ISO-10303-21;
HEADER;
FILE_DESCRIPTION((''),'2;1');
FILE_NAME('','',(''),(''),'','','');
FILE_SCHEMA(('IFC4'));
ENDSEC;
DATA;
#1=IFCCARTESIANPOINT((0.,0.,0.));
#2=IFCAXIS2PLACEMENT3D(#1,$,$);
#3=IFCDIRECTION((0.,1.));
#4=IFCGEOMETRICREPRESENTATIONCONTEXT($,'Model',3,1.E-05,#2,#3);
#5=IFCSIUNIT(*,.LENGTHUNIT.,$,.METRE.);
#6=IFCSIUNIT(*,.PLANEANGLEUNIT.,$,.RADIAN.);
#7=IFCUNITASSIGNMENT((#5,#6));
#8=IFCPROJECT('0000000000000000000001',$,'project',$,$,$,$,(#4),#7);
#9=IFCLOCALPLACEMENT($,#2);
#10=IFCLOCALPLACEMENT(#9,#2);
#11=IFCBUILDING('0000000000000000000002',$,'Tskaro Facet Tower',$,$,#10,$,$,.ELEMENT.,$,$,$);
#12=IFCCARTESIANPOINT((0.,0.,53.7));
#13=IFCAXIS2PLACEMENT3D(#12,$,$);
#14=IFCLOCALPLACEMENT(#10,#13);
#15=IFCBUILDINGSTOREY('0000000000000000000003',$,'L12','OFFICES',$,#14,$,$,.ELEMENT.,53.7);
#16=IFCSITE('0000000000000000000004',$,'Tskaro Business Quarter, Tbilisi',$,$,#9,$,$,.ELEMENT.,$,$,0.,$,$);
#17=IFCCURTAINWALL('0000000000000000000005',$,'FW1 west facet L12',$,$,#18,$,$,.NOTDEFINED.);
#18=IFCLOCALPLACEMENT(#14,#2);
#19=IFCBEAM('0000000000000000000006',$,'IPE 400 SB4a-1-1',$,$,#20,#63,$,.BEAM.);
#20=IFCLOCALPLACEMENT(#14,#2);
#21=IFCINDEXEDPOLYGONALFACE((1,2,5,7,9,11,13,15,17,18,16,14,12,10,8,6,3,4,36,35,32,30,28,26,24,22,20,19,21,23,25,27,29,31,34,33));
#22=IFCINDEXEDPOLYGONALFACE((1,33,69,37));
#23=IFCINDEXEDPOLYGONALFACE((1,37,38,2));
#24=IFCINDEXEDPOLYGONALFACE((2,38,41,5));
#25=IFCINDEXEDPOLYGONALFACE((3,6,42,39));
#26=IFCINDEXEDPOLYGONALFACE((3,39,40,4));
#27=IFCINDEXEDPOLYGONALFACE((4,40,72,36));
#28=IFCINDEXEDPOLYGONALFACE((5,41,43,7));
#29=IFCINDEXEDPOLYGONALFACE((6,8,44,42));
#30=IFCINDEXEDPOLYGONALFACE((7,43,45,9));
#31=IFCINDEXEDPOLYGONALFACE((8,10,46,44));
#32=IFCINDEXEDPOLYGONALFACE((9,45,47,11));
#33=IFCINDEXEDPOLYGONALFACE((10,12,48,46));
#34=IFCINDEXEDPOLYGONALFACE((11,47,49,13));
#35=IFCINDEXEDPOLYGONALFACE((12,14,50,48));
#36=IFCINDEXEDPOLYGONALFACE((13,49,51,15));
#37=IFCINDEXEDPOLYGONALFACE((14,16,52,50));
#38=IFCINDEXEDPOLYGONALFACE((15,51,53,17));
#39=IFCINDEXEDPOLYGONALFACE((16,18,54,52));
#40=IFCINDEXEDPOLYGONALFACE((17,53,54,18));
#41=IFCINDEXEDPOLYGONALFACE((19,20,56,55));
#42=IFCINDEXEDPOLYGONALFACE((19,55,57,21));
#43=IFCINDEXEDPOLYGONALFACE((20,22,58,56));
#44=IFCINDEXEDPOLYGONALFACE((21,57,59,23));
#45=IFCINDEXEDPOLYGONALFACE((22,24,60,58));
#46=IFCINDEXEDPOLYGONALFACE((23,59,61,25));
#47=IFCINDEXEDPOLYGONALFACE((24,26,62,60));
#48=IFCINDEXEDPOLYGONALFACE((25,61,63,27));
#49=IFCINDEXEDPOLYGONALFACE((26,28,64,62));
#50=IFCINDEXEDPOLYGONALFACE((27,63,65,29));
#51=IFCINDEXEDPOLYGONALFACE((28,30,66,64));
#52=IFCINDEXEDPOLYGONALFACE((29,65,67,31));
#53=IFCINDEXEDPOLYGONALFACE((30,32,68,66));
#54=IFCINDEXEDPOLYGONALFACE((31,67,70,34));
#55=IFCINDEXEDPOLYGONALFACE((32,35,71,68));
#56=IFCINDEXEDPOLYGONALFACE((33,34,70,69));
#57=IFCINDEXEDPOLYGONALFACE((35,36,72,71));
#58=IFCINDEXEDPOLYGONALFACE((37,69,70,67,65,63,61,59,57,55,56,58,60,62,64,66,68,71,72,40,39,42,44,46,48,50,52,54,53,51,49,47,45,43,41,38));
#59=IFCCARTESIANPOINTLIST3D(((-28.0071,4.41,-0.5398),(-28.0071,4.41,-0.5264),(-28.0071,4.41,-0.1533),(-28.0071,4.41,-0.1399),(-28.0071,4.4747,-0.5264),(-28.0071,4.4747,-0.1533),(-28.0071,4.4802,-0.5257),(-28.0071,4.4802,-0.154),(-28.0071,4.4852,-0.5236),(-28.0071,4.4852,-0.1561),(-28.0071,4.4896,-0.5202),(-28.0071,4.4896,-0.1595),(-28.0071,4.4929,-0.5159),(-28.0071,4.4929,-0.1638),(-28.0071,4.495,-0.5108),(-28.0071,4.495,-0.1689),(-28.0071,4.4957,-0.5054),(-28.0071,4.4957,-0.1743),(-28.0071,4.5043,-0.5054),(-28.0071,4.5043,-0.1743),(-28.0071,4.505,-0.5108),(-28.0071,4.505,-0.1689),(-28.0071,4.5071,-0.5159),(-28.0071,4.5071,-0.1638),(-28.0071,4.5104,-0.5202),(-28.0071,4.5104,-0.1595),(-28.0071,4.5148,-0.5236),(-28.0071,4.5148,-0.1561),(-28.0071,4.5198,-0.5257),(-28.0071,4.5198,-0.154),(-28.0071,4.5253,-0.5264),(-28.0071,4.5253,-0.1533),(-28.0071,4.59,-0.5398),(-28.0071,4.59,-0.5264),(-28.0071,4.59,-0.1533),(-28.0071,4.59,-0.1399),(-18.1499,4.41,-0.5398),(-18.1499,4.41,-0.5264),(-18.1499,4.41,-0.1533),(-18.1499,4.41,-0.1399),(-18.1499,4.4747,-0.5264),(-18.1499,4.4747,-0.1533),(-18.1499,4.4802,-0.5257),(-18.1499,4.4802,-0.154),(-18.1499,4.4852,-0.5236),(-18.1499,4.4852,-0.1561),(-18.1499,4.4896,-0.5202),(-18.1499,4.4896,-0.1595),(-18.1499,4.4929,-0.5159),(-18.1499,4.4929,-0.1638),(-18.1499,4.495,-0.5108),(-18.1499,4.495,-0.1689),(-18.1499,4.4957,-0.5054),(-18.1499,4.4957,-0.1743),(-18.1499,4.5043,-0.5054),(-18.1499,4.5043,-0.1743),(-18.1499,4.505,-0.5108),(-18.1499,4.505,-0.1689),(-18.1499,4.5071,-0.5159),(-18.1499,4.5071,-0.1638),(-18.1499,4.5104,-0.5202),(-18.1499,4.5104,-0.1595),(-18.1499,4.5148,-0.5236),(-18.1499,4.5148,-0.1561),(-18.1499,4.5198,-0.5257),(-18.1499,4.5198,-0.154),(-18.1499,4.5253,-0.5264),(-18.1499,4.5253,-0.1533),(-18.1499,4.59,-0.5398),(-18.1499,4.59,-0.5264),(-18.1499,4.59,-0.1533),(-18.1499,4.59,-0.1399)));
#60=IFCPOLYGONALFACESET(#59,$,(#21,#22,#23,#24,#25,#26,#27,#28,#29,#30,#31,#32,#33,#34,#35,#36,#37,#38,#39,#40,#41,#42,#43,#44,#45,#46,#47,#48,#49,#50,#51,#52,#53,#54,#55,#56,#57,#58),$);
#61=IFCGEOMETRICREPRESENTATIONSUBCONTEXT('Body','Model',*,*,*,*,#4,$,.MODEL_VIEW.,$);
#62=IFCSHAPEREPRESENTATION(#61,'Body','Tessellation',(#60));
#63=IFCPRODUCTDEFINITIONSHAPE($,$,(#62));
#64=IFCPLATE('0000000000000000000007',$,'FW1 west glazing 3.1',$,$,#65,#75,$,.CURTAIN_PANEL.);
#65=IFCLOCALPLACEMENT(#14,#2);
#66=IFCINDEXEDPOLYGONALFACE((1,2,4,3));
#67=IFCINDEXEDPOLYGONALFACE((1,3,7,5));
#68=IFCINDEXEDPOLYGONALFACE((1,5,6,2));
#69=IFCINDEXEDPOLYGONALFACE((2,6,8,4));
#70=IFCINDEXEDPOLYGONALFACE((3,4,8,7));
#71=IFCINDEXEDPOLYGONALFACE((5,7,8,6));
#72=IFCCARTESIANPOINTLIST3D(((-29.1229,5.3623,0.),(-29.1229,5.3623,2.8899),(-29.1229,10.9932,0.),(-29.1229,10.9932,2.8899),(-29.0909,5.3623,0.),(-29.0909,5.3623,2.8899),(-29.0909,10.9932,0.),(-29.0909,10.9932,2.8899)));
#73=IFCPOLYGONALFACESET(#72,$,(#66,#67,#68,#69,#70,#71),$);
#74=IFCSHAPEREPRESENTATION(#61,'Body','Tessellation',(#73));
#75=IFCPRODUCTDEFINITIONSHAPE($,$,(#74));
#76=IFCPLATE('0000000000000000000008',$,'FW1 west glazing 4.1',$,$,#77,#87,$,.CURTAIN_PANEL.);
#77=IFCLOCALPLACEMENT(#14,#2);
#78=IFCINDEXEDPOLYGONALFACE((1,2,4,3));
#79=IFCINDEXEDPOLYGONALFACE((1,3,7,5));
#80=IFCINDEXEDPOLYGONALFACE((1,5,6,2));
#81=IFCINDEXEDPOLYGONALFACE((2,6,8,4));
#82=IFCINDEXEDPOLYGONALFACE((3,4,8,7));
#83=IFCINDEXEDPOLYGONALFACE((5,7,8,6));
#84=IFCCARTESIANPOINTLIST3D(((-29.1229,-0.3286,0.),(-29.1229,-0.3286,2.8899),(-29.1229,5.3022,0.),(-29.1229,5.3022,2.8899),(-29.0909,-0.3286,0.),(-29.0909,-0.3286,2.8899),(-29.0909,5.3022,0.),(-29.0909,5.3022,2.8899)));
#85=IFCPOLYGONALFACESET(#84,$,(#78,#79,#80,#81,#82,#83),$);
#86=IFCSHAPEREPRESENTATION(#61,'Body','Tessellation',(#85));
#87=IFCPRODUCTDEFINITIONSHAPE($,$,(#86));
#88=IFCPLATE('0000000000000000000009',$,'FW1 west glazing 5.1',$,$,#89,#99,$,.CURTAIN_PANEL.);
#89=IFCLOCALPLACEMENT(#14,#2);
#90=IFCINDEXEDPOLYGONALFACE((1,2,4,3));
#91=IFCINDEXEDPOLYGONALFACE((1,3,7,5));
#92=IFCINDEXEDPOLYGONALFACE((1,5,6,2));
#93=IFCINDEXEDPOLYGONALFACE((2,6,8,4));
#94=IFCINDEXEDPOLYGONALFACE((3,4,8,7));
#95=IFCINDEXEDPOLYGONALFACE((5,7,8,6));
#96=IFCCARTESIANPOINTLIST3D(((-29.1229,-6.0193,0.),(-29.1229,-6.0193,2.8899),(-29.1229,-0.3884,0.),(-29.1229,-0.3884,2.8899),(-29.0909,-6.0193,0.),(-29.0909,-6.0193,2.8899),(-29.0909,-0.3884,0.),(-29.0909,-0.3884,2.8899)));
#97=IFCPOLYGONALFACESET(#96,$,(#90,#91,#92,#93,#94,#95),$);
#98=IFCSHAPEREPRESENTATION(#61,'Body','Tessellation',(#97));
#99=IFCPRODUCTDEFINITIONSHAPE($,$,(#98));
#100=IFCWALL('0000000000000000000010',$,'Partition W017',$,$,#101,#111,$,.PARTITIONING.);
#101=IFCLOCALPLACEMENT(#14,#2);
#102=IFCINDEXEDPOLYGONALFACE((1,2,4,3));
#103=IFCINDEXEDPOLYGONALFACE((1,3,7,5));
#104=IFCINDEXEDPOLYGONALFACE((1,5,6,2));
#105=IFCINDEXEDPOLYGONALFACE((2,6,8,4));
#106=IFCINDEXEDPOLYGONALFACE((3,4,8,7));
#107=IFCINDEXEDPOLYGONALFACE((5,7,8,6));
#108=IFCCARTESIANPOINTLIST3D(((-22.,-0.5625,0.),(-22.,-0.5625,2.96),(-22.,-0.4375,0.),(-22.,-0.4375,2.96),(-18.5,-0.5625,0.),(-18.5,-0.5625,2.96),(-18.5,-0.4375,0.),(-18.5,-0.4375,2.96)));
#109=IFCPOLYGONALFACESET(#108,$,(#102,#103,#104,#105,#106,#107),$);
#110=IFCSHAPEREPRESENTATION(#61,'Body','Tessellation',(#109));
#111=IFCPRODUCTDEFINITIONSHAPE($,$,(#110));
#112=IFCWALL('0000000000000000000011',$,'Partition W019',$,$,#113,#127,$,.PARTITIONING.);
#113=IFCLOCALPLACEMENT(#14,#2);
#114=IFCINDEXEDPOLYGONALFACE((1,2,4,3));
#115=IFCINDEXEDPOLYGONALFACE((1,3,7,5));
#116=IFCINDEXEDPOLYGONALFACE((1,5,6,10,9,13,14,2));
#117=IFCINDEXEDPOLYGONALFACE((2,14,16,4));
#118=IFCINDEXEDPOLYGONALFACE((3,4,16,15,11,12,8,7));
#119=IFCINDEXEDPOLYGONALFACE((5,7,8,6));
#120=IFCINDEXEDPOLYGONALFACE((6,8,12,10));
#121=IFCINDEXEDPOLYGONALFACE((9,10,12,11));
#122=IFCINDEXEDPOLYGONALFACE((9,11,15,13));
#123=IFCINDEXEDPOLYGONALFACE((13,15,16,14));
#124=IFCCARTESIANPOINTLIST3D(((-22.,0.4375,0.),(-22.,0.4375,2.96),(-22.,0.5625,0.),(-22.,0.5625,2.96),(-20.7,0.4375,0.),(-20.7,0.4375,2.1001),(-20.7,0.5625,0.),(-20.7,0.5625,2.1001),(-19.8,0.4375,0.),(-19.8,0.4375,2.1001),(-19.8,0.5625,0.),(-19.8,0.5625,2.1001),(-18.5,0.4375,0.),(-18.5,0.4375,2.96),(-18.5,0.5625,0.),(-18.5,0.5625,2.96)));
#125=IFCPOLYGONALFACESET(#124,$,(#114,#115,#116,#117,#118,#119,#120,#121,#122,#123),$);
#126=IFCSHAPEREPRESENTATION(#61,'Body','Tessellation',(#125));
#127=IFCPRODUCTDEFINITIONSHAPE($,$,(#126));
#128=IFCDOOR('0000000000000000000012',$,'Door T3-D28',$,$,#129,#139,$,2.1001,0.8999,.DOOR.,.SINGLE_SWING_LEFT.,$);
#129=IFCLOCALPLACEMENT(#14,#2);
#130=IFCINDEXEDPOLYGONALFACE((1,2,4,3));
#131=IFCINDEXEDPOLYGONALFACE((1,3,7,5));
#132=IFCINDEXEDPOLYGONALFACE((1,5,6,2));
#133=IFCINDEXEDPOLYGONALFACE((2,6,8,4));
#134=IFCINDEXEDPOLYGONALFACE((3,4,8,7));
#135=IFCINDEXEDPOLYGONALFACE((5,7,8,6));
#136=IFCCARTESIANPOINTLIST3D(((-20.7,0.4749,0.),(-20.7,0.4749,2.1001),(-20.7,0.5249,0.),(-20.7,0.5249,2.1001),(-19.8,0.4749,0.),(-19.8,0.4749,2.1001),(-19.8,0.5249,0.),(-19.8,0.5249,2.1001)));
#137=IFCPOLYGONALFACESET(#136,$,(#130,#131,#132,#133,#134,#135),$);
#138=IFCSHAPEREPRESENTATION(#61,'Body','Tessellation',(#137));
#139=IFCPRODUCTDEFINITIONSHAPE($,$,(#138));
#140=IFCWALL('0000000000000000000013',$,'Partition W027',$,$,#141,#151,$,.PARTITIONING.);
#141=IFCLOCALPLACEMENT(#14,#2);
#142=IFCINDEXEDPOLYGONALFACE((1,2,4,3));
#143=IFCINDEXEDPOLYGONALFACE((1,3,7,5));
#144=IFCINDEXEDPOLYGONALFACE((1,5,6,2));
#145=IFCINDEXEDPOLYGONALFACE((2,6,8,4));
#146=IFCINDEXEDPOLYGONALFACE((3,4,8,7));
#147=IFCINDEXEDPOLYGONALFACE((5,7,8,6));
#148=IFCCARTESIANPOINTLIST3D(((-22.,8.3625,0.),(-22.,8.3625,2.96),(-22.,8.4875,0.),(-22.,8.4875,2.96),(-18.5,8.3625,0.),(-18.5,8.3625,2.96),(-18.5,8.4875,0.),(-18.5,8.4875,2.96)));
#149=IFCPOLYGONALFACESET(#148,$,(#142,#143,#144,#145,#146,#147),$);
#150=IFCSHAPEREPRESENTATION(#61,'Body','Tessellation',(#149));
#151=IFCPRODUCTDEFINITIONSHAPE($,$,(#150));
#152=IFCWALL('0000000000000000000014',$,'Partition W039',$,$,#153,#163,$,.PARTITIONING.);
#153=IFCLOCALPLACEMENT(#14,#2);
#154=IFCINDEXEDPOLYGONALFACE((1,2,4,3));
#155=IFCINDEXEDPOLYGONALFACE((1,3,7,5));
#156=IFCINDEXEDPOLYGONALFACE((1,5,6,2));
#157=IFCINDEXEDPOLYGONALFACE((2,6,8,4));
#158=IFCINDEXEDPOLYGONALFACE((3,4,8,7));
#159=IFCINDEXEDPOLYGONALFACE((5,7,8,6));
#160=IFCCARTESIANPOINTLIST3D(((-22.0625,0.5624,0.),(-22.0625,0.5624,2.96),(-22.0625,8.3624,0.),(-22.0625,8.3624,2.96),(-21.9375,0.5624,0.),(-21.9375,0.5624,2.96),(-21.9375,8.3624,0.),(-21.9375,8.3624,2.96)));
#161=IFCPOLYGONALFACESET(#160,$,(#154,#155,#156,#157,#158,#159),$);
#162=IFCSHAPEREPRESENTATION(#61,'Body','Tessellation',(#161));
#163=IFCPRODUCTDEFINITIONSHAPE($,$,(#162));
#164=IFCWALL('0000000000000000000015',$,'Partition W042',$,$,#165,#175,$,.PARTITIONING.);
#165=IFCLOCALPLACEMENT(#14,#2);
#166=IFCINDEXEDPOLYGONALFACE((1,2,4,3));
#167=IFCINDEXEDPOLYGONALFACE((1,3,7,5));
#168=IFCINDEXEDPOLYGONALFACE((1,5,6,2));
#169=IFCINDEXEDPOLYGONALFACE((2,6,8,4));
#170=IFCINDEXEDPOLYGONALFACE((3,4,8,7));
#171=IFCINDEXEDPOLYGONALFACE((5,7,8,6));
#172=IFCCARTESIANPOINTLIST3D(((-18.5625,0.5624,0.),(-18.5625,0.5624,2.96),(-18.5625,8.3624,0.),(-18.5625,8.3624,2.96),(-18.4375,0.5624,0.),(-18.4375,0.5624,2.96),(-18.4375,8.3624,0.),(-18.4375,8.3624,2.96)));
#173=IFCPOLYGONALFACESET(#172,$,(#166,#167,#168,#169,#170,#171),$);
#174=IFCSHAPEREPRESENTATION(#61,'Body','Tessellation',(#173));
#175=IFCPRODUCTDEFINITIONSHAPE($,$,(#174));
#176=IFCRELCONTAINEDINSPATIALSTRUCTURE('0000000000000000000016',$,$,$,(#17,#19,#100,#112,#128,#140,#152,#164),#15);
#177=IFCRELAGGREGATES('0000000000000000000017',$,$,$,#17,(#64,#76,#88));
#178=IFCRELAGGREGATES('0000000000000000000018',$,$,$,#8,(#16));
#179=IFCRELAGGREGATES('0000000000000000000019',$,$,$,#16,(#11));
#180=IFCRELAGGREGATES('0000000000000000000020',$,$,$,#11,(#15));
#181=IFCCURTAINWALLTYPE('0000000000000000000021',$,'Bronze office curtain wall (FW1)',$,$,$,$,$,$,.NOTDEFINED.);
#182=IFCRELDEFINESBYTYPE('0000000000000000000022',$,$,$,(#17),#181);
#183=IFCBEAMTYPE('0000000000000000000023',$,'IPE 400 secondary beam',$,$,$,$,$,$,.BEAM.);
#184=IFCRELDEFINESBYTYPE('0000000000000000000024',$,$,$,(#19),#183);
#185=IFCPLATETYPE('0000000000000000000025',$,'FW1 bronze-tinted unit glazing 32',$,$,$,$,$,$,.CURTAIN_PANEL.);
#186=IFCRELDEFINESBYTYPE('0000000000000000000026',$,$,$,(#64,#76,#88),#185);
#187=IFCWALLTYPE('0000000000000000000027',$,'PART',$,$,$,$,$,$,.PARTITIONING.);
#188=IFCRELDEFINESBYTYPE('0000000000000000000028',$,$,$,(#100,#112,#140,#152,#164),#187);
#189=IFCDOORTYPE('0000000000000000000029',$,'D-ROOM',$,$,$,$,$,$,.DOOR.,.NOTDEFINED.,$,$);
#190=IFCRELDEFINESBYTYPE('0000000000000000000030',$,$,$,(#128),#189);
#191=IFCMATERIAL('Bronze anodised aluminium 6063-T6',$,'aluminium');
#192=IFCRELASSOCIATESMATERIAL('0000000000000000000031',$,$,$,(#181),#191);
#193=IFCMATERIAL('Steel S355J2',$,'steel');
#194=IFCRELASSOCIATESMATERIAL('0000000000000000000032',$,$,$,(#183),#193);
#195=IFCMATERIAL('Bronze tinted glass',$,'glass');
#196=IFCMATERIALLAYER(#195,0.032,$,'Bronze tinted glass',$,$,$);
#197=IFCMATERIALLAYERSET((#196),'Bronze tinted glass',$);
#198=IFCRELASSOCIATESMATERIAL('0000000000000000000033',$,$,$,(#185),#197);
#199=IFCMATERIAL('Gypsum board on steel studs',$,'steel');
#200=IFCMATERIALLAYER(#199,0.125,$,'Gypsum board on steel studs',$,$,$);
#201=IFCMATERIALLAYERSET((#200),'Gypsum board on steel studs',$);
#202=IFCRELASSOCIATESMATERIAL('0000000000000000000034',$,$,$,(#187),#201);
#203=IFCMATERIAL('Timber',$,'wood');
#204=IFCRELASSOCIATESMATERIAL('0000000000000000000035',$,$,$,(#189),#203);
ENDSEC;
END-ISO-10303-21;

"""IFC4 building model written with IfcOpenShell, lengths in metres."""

from ifc_helpers import new_model, si_unit, direction, frame, frame_2d, origin, origin_2d, place, context, subcontext, project, spatial, rectangle, i_section, extrude, material, layer, layer_set, material_profile, profile_set, type_object, element, fill, aggregate, save


model = new_model("IFC4")

# Units and contexts
model_context = context("Model", 3, precision=1e-05, world=origin(), true_north=direction((0.0, 1.0)))
body_context = subcontext(model_context, "Body", "Model", "MODEL_VIEW")
ifc_project = project(units=[si_unit("LENGTHUNIT", "METRE"), si_unit("PLANEANGLEUNIT", "RADIAN")], contexts=[model_context])

# Site, building, storey
site_placement = place(None, origin())
site = spatial("IfcSite", under=ifc_project, at=site_placement, Name="Tskaro Business Quarter, Tbilisi", CompositionType="ELEMENT", RefElevation=0.0)
building_placement = place(site_placement, origin())
building = spatial("IfcBuilding", under=site, at=building_placement, Name="Tskaro Facet Tower", CompositionType="ELEMENT")
storey_placement = place(building_placement, frame((0.0, 0.0, 53.7)))
storey = spatial("IfcBuildingStorey", under=building, at=storey_placement, Name="L12", Description="OFFICES", CompositionType="ELEMENT", Elevation=53.7)

# Curtain wall
ifc_material_1 = material(Name="Bronze anodised aluminium 6063-T6", Category="aluminium")
curtain_wall_type = type_object("IfcCurtainWallType", Name="Bronze office curtain wall (FW1)", PredefinedType="NOTDEFINED", material=ifc_material_1)
curtain_wall_placement = place(storey_placement, origin())
curtain_wall = element("IfcCurtainWall", 1, at=curtain_wall_placement, inside=storey, type_object=curtain_wall_type, Name="FW1 west facet L12", PredefinedType="NOTDEFINED")

# Beam
ifc_material_2 = material(Name="Steel S355J2", Category="steel")
ifc_material_profile_1 = material_profile(ifc_material_2, i_section(OverallWidth=0.1799, OverallDepth=0.3999, WebThickness=0.0085, FlangeThickness=0.0134, FilletRadius=0.021, at=origin_2d()), Name="IPE 400")
ifc_profile_set_1 = profile_set([ifc_material_profile_1], Name="Steel S355J2")
beam_type_1 = type_object("IfcBeamType", Name="IPE 400 secondary beam", PredefinedType="BEAM", material=ifc_profile_set_1)
for number, where, z_axis, x_axis, name in (
    (2, (-28.0071, 4.5, -0.3398), (1.0, 0.0, 0.0), (0.0, 1.0, 0.0), "IPE 400 SB4a-1-1"),
):
    element("IfcBeam", number, at=place(storey_placement, frame(where, z_axis=z_axis, x_axis=x_axis)), inside=storey, type_object=beam_type_1, Name=name, PredefinedType="BEAM", context=body_context, shape_type="SweptSolid", body=[
        extrude(i_section(OverallWidth=0.1799, OverallDepth=0.3999, WebThickness=0.0085, FlangeThickness=0.0134, FilletRadius=0.021, at=origin_2d()), origin(), (0.0, 0.0, 1.0), 9.8572),
    ])

# Plates
ifc_material_3 = material(Name="Bronze tinted glass", Category="glass")
ifc_layer_1 = layer(ifc_material_3, 0.032, Name="Bronze tinted glass")
ifc_layer_set_1 = layer_set([ifc_layer_1], Name="Bronze tinted glass")
plate_type = type_object("IfcPlateType", Name="FW1 bronze-tinted unit glazing 32", PredefinedType="CURTAIN_PANEL", material=ifc_layer_set_1)
plate_1_placement = place(storey_placement, frame((-29.1069, 8.1777, 0.0), z_axis=(0.0, 0.0, 1.0), x_axis=(0.0, -1.0, 0.0)))
plate_1 = element("IfcPlate", 3, at=plate_1_placement, type_object=plate_type, Name="FW1 west glazing 3.1", PredefinedType="CURTAIN_PANEL", context=body_context, shape_type="SweptSolid", body=[
    extrude(rectangle(XDim=5.6309, YDim=0.032, at=origin_2d()), origin(), (0.0, 0.0, 1.0), 2.8899),
])
plate_2_placement = place(storey_placement, frame((-29.1069, 2.4868, 0.0), z_axis=(0.0, 0.0, 1.0), x_axis=(0.0, -1.0, 0.0)))
plate_2 = element("IfcPlate", 4, at=plate_2_placement, type_object=plate_type, Name="FW1 west glazing 4.1", PredefinedType="CURTAIN_PANEL", context=body_context, shape_type="SweptSolid", body=[
    extrude(rectangle(XDim=5.6309, YDim=0.032, at=origin_2d()), origin(), (0.0, 0.0, 1.0), 2.8899),
])
plate_3_placement = place(storey_placement, frame((-29.1069, -3.2039, 0.0), z_axis=(0.0, 0.0, 1.0), x_axis=(0.0, -1.0, 0.0)))
plate_3 = element("IfcPlate", 5, at=plate_3_placement, type_object=plate_type, Name="FW1 west glazing 5.1", PredefinedType="CURTAIN_PANEL", context=body_context, shape_type="SweptSolid", body=[
    extrude(rectangle(XDim=5.6309, YDim=0.032, at=origin_2d()), origin(), (0.0, 0.0, 1.0), 2.8899),
])
aggregate(curtain_wall, [plate_1, plate_2, plate_3])

# Wall
ifc_material_4 = material(Name="Gypsum board on steel studs", Category="steel")
ifc_layer_2 = layer(ifc_material_4, 0.125, Name="Gypsum board on steel studs")
ifc_layer_set_2 = layer_set([ifc_layer_2], Name="Gypsum board on steel studs")
wall_type = type_object("IfcWallType", Name="PART", PredefinedType="PARTITIONING", material=ifc_layer_set_2)
wall_1_placement = place(storey_placement, frame((-22.0, -0.5, 0.0), z_axis=(0.0, 0.0, 1.0), x_axis=(1.0, 0.0, 0.0)))
element("IfcWall", 6, at=wall_1_placement, inside=storey, type_object=wall_type, Name="Partition W017", PredefinedType="PARTITIONING", context=body_context, shape_type="SweptSolid", body=[
    extrude(rectangle(XDim=3.5, YDim=0.125, at=frame_2d((1.75, 0.0))), origin(), (0.0, 0.0, 1.0), 2.96),
])

# Wall, opening, door
wall_2_placement = place(storey_placement, frame((-22.0, 0.5, 0.0), z_axis=(0.0, 0.0, 1.0), x_axis=(1.0, 0.0, 0.0)))
wall_2 = element("IfcWall", 7, at=wall_2_placement, inside=storey, type_object=wall_type, Name="Partition W019", PredefinedType="PARTITIONING", context=body_context, shape_type="SweptSolid", body=[
    extrude(rectangle(XDim=3.5, YDim=0.125, at=frame_2d((1.75, 0.0))), origin(), (0.0, 0.0, 1.0), 2.96),
])
opening_placement = place(wall_2_placement, frame((1.3, 0.0, 0.0)))
opening = element("IfcOpeningElement", 8, at=opening_placement, cuts=wall_2, PredefinedType="OPENING", context=body_context, shape_type="SweptSolid", body=[
    extrude(rectangle(XDim=0.8999, YDim=2.1001, at=frame_2d((0.45, 1.05))), frame((0.0, 0.0725, 0.0), z_axis=(0.0, -1.0, 0.0), x_axis=(1.0, 0.0, 0.0)), (0.0, 0.0, 1.0), 0.145),
])
ifc_material_5 = material(Name="Timber", Category="wood")
door_type = type_object("IfcDoorType", Name="D-ROOM", OperationType="NOTDEFINED", PredefinedType="DOOR", material=ifc_material_5)
door_placement = place(opening_placement, origin())
door = element("IfcDoor", 9, at=door_placement, inside=storey, type_object=door_type, Name="Door T3-D28", OperationType="SINGLE_SWING_LEFT", OverallHeight=2.1001, OverallWidth=0.8999, PredefinedType="DOOR", context=body_context, shape_type="SweptSolid", body=[
    extrude(rectangle(XDim=0.8999, YDim=2.1001, at=frame_2d((0.45, 1.05))), frame((0.0, 0.0249, 0.0), z_axis=(0.0, -1.0, 0.0), x_axis=(1.0, 0.0, 0.0)), (0.0, 0.0, 1.0), 0.05),
])
fill(opening, door)

# Walls
wall_3_placement = place(storey_placement, frame((-22.0, 8.425, 0.0), z_axis=(0.0, 0.0, 1.0), x_axis=(1.0, 0.0, 0.0)))
element("IfcWall", 10, at=wall_3_placement, inside=storey, type_object=wall_type, Name="Partition W027", PredefinedType="PARTITIONING", context=body_context, shape_type="SweptSolid", body=[
    extrude(rectangle(XDim=3.5, YDim=0.125, at=frame_2d((1.75, 0.0))), origin(), (0.0, 0.0, 1.0), 2.96),
])
for number, where, z_axis, x_axis, name in (
    (11, (-22.0, 0.5625, 0.0), (0.0, 0.0, 1.0), (0.0, 1.0, 0.0), "Partition W039"),
    (12, (-18.5, 0.5625, 0.0), (0.0, 0.0, 1.0), (0.0, 1.0, 0.0), "Partition W042"),
):
    element("IfcWall", number, at=place(storey_placement, frame(where, z_axis=z_axis, x_axis=x_axis)), inside=storey, type_object=wall_type, Name=name, PredefinedType="PARTITIONING", context=body_context, shape_type="SweptSolid", body=[
        extrude(rectangle(XDim=7.8, YDim=0.125, at=frame_2d((3.8999, 0.0))), origin(), (0.0, 0.0, 1.0), 2.96),
    ])

save(model, "model.ifc")
